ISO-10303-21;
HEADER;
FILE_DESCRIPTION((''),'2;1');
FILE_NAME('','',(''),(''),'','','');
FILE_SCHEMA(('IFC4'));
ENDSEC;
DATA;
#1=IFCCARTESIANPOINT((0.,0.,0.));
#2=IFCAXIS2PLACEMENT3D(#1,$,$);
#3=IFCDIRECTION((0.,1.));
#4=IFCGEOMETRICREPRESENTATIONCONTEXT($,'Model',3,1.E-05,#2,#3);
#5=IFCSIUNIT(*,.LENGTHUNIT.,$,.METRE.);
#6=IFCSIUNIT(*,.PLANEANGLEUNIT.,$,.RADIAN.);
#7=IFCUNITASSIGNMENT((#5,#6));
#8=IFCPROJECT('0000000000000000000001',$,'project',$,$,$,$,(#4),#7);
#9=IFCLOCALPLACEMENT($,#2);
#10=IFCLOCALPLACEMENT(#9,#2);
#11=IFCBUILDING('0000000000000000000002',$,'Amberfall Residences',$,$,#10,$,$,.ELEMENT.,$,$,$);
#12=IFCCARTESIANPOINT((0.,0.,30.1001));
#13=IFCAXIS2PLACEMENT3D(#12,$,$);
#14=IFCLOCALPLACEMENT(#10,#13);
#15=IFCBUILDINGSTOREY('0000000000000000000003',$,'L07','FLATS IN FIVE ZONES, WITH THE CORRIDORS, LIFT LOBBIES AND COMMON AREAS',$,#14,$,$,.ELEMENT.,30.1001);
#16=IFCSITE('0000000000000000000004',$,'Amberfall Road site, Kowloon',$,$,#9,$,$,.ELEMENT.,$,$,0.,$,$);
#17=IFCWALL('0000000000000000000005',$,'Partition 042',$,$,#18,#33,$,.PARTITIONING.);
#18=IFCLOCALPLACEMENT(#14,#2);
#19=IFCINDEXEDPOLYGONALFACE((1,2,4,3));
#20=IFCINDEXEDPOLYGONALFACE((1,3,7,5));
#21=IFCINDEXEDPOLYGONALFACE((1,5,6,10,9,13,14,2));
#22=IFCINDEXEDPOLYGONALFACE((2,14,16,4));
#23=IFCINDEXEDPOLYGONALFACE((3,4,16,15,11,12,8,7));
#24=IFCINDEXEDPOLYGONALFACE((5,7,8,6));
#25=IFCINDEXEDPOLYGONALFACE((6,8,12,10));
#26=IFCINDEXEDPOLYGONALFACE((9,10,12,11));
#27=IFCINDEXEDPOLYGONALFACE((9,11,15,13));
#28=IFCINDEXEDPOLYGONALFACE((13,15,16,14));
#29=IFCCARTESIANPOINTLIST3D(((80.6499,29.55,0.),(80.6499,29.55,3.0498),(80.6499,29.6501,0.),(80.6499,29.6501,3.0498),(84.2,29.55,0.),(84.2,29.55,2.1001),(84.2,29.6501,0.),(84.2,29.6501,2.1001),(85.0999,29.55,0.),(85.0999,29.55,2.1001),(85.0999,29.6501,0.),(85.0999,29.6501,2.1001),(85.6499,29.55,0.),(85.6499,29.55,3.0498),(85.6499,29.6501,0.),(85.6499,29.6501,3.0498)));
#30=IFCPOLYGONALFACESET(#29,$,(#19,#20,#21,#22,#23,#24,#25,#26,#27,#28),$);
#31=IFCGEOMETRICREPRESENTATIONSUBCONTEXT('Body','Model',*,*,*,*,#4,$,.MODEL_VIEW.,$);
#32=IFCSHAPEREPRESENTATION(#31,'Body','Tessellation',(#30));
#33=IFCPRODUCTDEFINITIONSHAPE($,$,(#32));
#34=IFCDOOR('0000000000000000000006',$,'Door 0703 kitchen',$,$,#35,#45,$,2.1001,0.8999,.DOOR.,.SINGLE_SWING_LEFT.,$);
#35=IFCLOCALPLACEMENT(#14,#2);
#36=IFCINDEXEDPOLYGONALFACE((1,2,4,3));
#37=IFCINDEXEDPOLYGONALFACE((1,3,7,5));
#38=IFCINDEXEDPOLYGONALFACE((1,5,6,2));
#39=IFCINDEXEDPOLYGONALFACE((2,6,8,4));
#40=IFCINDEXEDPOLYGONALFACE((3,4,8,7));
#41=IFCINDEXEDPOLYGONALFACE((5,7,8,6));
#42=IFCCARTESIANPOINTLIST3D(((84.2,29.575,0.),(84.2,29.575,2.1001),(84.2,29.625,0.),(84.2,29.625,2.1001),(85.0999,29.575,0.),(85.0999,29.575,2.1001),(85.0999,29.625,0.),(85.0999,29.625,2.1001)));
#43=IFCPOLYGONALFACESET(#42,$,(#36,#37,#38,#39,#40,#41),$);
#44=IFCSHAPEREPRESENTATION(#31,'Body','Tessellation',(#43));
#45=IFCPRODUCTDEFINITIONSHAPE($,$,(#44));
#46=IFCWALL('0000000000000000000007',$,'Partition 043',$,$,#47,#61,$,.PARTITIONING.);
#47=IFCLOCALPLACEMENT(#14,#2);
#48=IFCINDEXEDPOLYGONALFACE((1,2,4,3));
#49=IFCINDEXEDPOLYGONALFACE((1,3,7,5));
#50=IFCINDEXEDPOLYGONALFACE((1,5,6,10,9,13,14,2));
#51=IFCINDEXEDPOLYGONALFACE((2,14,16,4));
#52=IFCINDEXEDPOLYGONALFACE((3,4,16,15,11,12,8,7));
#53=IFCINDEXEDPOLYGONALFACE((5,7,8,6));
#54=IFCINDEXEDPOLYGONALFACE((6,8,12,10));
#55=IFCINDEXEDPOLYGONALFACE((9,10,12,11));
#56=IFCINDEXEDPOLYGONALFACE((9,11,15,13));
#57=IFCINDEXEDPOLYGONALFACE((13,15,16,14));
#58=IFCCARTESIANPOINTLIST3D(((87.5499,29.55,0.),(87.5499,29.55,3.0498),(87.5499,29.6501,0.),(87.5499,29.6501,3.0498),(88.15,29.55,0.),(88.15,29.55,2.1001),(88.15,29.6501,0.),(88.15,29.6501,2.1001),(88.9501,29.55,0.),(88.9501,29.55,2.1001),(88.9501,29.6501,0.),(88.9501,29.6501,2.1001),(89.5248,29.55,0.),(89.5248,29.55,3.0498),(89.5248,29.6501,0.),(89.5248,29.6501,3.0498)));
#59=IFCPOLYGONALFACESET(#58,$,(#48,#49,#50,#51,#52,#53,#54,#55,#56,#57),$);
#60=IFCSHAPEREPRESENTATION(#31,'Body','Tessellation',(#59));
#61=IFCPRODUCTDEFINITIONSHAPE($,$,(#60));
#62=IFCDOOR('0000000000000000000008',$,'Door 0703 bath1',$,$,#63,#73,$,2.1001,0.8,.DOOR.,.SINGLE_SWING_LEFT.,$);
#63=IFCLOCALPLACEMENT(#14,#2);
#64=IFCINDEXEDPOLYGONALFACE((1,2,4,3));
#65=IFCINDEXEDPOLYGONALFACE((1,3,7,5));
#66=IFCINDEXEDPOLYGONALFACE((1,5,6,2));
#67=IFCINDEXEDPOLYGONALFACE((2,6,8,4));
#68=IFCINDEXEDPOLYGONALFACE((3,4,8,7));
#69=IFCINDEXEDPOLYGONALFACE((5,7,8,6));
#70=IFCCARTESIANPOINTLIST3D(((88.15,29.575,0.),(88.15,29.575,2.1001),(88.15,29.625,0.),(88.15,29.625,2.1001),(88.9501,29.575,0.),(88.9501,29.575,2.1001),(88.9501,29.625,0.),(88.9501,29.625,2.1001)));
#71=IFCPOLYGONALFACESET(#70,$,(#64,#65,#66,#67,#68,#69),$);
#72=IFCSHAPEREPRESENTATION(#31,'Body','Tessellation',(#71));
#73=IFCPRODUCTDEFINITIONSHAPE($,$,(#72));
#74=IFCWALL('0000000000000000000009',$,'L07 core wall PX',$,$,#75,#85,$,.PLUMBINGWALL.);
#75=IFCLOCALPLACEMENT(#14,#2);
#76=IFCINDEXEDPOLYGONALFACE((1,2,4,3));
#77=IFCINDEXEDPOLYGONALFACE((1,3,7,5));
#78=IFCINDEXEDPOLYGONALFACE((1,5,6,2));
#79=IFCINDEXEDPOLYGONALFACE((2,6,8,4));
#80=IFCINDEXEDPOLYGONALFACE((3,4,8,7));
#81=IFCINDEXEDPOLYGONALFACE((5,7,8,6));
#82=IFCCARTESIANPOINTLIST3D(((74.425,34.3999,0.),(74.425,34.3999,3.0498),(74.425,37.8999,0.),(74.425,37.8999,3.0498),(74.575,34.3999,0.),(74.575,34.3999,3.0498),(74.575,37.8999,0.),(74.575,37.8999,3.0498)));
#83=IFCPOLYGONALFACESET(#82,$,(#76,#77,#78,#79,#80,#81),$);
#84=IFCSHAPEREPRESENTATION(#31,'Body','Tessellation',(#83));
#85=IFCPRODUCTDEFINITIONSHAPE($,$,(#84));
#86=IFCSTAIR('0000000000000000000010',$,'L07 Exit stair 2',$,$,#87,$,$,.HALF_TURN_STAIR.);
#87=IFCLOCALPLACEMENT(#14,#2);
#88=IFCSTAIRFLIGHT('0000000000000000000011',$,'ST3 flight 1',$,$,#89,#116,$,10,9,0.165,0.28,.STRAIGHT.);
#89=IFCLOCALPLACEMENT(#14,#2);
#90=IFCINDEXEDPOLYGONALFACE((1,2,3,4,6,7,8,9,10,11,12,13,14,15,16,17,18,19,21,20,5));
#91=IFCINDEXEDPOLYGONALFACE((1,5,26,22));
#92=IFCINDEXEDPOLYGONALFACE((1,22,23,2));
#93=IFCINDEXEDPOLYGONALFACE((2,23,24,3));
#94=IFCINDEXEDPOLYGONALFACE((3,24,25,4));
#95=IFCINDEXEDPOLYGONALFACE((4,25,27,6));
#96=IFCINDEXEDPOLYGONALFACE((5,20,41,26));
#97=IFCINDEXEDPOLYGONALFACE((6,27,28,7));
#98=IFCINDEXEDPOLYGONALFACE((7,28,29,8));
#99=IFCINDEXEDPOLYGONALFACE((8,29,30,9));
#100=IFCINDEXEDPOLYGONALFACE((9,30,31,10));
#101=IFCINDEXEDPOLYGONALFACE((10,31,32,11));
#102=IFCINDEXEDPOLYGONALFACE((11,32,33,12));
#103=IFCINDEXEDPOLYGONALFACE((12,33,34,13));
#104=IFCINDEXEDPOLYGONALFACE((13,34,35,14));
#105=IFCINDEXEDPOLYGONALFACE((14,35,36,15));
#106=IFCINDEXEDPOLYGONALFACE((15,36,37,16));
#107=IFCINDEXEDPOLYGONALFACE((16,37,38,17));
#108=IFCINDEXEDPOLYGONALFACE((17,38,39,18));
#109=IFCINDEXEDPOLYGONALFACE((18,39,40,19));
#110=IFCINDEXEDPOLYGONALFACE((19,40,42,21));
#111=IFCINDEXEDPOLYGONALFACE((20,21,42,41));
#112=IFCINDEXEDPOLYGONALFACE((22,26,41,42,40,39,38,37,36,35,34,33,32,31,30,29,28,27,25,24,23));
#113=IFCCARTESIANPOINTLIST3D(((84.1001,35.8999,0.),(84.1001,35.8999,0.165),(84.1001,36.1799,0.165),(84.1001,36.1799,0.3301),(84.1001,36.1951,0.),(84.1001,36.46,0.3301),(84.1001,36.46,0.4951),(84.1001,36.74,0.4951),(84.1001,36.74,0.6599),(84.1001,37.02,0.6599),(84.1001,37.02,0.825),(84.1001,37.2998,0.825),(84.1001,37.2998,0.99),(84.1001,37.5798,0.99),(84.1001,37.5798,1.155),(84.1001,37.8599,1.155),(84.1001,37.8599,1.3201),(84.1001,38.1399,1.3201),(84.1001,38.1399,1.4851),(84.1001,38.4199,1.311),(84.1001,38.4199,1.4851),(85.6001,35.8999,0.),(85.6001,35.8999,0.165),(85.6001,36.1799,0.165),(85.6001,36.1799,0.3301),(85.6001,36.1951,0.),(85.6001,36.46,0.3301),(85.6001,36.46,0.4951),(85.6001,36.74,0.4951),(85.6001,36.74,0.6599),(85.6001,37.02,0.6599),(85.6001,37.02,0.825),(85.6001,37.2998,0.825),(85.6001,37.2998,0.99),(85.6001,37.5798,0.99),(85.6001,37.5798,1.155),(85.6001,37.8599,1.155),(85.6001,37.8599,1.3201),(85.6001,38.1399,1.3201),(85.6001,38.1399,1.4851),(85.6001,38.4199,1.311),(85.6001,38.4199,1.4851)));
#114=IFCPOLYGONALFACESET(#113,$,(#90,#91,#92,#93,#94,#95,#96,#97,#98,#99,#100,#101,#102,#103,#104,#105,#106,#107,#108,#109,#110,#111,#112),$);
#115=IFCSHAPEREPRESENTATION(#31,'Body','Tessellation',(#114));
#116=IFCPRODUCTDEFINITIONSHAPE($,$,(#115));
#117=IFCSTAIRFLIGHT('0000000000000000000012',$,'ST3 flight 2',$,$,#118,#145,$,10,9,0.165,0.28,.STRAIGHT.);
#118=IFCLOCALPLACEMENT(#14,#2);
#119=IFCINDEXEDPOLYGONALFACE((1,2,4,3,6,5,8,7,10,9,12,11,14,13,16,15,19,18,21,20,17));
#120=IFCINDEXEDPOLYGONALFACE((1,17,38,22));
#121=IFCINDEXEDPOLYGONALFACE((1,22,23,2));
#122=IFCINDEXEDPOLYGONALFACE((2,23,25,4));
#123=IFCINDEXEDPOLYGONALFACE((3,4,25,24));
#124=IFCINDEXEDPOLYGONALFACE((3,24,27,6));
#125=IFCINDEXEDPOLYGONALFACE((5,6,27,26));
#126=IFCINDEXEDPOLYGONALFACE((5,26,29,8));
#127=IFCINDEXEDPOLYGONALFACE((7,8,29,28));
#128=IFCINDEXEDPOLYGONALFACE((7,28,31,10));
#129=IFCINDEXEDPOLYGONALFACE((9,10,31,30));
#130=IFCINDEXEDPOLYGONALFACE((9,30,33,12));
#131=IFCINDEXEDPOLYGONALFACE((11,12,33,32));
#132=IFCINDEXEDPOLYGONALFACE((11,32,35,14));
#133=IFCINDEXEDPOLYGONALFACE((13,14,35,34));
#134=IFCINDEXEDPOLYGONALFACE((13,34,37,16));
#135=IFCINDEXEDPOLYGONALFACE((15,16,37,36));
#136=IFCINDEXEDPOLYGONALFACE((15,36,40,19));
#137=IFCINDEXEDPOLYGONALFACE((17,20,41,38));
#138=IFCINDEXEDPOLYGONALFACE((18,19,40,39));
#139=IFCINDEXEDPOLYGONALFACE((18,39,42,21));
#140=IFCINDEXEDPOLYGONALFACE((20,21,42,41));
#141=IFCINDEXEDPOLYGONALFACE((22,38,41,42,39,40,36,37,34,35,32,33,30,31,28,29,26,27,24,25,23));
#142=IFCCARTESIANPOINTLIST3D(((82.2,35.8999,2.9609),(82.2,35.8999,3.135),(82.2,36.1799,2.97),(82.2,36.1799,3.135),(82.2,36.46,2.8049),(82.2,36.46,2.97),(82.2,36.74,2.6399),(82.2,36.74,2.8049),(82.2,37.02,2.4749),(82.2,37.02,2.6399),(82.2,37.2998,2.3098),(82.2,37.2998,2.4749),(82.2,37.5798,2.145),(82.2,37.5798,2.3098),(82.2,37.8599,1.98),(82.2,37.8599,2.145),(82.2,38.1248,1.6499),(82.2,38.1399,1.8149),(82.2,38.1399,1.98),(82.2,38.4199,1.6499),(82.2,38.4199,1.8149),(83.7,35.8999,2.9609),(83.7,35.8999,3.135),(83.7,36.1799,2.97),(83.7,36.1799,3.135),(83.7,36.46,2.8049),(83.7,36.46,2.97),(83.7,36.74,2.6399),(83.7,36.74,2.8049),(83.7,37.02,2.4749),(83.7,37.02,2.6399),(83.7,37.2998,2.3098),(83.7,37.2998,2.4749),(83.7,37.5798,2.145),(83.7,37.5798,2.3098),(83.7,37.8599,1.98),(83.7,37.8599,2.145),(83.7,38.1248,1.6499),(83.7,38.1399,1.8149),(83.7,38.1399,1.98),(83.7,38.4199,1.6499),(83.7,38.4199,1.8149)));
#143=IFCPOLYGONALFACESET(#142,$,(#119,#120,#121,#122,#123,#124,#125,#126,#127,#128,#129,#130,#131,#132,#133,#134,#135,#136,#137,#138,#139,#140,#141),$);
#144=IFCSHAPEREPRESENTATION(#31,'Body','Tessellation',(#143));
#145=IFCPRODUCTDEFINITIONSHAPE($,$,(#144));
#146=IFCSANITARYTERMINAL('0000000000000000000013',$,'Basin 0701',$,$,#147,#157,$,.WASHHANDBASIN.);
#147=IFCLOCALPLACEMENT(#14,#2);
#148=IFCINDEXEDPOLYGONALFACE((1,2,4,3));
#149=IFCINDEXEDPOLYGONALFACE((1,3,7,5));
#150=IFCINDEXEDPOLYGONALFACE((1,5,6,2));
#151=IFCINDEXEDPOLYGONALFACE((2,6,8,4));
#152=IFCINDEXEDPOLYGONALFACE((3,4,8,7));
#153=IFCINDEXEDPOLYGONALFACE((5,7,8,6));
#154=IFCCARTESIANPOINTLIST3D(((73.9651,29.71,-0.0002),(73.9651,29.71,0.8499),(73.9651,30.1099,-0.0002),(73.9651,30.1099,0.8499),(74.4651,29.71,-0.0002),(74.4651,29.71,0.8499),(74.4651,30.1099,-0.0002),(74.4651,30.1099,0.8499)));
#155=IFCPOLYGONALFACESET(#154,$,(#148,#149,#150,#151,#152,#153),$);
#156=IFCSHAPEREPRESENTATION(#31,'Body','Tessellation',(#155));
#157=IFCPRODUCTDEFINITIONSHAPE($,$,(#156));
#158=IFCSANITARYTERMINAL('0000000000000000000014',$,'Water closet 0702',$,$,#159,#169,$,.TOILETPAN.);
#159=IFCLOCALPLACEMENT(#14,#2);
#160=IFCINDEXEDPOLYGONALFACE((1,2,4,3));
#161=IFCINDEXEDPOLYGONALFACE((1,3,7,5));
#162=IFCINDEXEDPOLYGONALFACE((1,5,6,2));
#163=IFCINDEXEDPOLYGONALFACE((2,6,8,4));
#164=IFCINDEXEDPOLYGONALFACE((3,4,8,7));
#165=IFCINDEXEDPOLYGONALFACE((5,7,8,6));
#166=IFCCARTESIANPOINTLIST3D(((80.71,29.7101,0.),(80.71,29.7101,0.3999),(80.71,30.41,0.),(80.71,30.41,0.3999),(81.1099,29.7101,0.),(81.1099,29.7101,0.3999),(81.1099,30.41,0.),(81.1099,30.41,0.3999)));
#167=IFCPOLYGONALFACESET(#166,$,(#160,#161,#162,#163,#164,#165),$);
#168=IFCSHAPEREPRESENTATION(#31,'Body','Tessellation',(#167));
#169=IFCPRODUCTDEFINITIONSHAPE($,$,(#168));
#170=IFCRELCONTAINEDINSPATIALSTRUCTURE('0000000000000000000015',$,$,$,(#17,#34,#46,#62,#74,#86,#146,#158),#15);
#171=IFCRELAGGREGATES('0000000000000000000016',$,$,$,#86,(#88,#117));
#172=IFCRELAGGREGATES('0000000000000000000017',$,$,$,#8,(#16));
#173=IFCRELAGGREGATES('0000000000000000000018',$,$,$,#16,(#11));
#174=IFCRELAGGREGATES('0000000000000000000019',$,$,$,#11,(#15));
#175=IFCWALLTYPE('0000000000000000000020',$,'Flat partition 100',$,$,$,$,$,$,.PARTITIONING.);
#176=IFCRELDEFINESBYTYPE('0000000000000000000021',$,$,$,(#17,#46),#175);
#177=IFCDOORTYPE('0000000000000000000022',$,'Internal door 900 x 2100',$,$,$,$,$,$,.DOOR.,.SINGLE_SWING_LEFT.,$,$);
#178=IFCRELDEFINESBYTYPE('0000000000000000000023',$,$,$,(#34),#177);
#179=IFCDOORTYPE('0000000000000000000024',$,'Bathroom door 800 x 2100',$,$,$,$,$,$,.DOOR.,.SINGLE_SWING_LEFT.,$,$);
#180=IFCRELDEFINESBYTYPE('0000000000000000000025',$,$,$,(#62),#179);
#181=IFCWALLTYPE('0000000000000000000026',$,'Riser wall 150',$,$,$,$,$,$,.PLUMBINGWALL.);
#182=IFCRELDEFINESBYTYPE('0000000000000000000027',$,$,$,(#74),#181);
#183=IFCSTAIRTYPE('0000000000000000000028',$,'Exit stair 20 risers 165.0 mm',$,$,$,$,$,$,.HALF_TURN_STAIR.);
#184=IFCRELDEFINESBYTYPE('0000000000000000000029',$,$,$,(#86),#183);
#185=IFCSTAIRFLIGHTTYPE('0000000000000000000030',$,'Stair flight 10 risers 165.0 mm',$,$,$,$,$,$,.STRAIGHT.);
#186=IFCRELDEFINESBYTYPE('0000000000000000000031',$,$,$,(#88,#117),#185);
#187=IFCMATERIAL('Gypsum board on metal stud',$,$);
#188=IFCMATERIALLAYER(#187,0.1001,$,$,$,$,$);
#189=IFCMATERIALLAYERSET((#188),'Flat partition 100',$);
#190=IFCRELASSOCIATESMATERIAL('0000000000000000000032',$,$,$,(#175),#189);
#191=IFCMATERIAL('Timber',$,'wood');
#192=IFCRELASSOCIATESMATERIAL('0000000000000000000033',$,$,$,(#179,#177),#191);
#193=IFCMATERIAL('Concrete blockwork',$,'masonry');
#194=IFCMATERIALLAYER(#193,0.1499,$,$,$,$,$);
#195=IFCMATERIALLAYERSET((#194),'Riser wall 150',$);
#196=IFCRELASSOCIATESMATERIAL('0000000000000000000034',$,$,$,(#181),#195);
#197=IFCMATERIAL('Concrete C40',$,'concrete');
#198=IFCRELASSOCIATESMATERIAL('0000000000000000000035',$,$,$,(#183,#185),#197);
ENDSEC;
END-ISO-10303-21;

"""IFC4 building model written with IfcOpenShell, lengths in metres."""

from ifc_helpers import new_model, si_unit, direction, frame, frame_2d, origin, origin_2d, place, context, subcontext, project, spatial, polyline, rectangle, outline, extrude, material, layer, layer_set, type_object, element, fill, aggregate, save


model = new_model("IFC4")

# Units and contexts
model_context = context("Model", 3, precision=1e-05, world=origin(), true_north=direction((0.0, 1.0)))
body_context = subcontext(model_context, "Body", "Model", "MODEL_VIEW")
ifc_project = project(units=[si_unit("LENGTHUNIT", "METRE"), si_unit("PLANEANGLEUNIT", "RADIAN")], contexts=[model_context])

# Site, building, storey
site_placement = place(None, origin())
site = spatial("IfcSite", under=ifc_project, at=site_placement, Name="Amberfall Road site, Kowloon", CompositionType="ELEMENT", RefElevation=0.0)
building_placement = place(site_placement, origin())
building = spatial("IfcBuilding", under=site, at=building_placement, Name="Amberfall Residences", CompositionType="ELEMENT")
storey_placement = place(building_placement, frame((0.0, 0.0, 30.1001)))
storey = spatial("IfcBuildingStorey", under=building, at=storey_placement, Name="L07", Description="FLATS IN FIVE ZONES, WITH THE CORRIDORS, LIFT LOBBIES AND COMMON AREAS", CompositionType="ELEMENT", Elevation=30.1001)

# Shared definitions
ifc_material_1 = material(Name="Gypsum board on metal stud")
ifc_layer_1 = layer(ifc_material_1, 0.1001)
ifc_layer_set_1 = layer_set([ifc_layer_1], Name="Flat partition 100")
wall_type_1 = type_object("IfcWallType", Name="Flat partition 100", PredefinedType="PARTITIONING", material=ifc_layer_set_1)
ifc_material_2 = material(Name="Timber", Category="wood")
door_type_1 = type_object("IfcDoorType", Name="Bathroom door 800 x 2100", OperationType="SINGLE_SWING_LEFT", PredefinedType="DOOR", material=ifc_material_2)
door_type_2 = type_object("IfcDoorType", Name="Internal door 900 x 2100", OperationType="SINGLE_SWING_LEFT", PredefinedType="DOOR", material=ifc_material_2)

# Walls, openings, doors
wall_1_placement = place(storey_placement, frame((80.6499, 29.6001, 0.0), z_axis=(0.0, 0.0, 1.0), x_axis=(1.0, 0.0, 0.0)))
wall_1 = element("IfcWall", 1, at=wall_1_placement, inside=storey, type_object=wall_type_1, Name="Partition 042", PredefinedType="PARTITIONING", context=body_context, shape_type="SweptSolid", body=[
    extrude(rectangle(XDim=5.0, YDim=0.1001, at=frame_2d((2.5, 0.0))), origin(), (0.0, 0.0, 1.0), 3.0498),
])
opening_1_placement = place(wall_1_placement, frame((3.55, 0.0, 0.0)))
opening_1 = element("IfcOpeningElement", 2, at=opening_1_placement, cuts=wall_1, PredefinedType="OPENING", context=body_context, shape_type="SweptSolid", body=[
    extrude(rectangle(XDim=0.8999, YDim=2.1001, at=frame_2d((0.45, 1.05))), frame((0.0, 0.0601, 0.0), z_axis=(0.0, -1.0, 0.0), x_axis=(1.0, 0.0, 0.0)), (0.0, 0.0, 1.0), 0.1201),
])
door_1_placement = place(opening_1_placement, origin())
door_1 = element("IfcDoor", 3, at=door_1_placement, inside=storey, type_object=door_type_2, Name="Door 0703 kitchen", OperationType="SINGLE_SWING_LEFT", OverallHeight=2.1001, OverallWidth=0.8999, PredefinedType="DOOR", context=body_context, shape_type="SweptSolid", body=[
    extrude(rectangle(XDim=0.8999, YDim=2.1001, at=frame_2d((0.45, 1.05))), frame((0.0, 0.0249, 0.0), z_axis=(0.0, -1.0, 0.0), x_axis=(1.0, 0.0, 0.0)), (0.0, 0.0, 1.0), 0.05),
])
fill(opening_1, door_1)
wall_2_placement = place(storey_placement, frame((87.55, 29.6001, 0.0), z_axis=(0.0, 0.0, 1.0), x_axis=(1.0, 0.0, 0.0)))
wall_2 = element("IfcWall", 4, at=wall_2_placement, inside=storey, type_object=wall_type_1, Name="Partition 043", PredefinedType="PARTITIONING", context=body_context, shape_type="SweptSolid", body=[
    extrude(rectangle(XDim=1.9749, YDim=0.1001, at=frame_2d((0.9873, 0.0))), origin(), (0.0, 0.0, 1.0), 3.0498),
])
opening_2_placement = place(wall_2_placement, frame((0.6001, 0.0, 0.0)))
opening_2 = element("IfcOpeningElement", 5, at=opening_2_placement, cuts=wall_2, PredefinedType="OPENING", context=body_context, shape_type="SweptSolid", body=[
    extrude(rectangle(XDim=0.8, YDim=2.1001, at=frame_2d((0.3999, 1.05))), frame((0.0, 0.0601, 0.0), z_axis=(0.0, -1.0, 0.0), x_axis=(1.0, 0.0, 0.0)), (0.0, 0.0, 1.0), 0.1201),
])
door_2_placement = place(opening_2_placement, origin())
door_2 = element("IfcDoor", 6, at=door_2_placement, inside=storey, type_object=door_type_1, Name="Door 0703 bath1", OperationType="SINGLE_SWING_LEFT", OverallHeight=2.1001, OverallWidth=0.8, PredefinedType="DOOR", context=body_context, shape_type="SweptSolid", body=[
    extrude(rectangle(XDim=0.8, YDim=2.1001, at=frame_2d((0.3999, 1.05))), frame((0.0, 0.0249, 0.0), z_axis=(0.0, -1.0, 0.0), x_axis=(1.0, 0.0, 0.0)), (0.0, 0.0, 1.0), 0.05),
])
fill(opening_2, door_2)

# Wall
ifc_material_3 = material(Name="Concrete blockwork", Category="masonry")
ifc_layer_2 = layer(ifc_material_3, 0.1499)
ifc_layer_set_2 = layer_set([ifc_layer_2], Name="Riser wall 150")
wall_type_2 = type_object("IfcWallType", Name="Riser wall 150", PredefinedType="PLUMBINGWALL", material=ifc_layer_set_2)
wall_3_placement = place(storey_placement, frame((74.5, 34.3999, 0.0), z_axis=(0.0, 0.0, 1.0), x_axis=(0.0, 1.0, 0.0)))
element("IfcWall", 7, at=wall_3_placement, inside=storey, type_object=wall_type_2, Name="L07 core wall PX", PredefinedType="PLUMBINGWALL", context=body_context, shape_type="SweptSolid", body=[
    extrude(rectangle(XDim=3.5, YDim=0.1499, at=frame_2d((1.75, 0.0))), origin(), (0.0, 0.0, 1.0), 3.0498),
])

# Stair, stair flights
ifc_material_4 = material(Name="Concrete C40", Category="concrete")
stair_type = type_object("IfcStairType", Name="Exit stair 20 risers 165.0 mm", PredefinedType="HALF_TURN_STAIR", material=ifc_material_4)
stair_placement = place(storey_placement, origin())
stair = element("IfcStair", 8, at=stair_placement, inside=storey, type_object=stair_type, Name="L07 Exit stair 2", PredefinedType="HALF_TURN_STAIR")
stair_flight_type = type_object("IfcStairFlightType", Name="Stair flight 10 risers 165.0 mm", PredefinedType="STRAIGHT", material=ifc_material_4)
stair_flight_1_placement = place(storey_placement, frame((84.8501, 35.8999, 0.0), z_axis=(0.0, 0.0, 1.0), x_axis=(0.0, 1.0, 0.0)))
stair_flight_1 = element("IfcStairFlight", 9, at=stair_flight_1_placement, type_object=stair_flight_type, Name="ST3 flight 1", NumberOfRisers=10, NumberOfTreads=9, PredefinedType="STRAIGHT", RiserHeight=0.165, TreadLength=0.28, context=body_context, shape_type="SweptSolid", body=[
    extrude(outline(polyline([(0.0, 0.0), (0.0, 0.165), (0.28, 0.165), (0.28, 0.3301), (0.5601, 0.3301), (0.5601, 0.4951), (0.8401, 0.4951), (0.8401, 0.6599), (1.1201, 0.6599), (1.1201, 0.825), (1.3999, 0.825), (1.3999, 0.99), (1.6799, 0.99), (1.6799, 1.155), (1.96, 1.155), (1.96, 1.3201), (2.24, 1.3201), (2.24, 1.4851), (2.52, 1.4851), (2.52, 1.6499), (2.52, 1.311), (0.2952, 0.0), (0.0, 0.0)])), frame((0.0, 0.75, 0.0), z_axis=(0.0, -1.0, 0.0), x_axis=(1.0, 0.0, 0.0)), (0.0, 0.0, 1.0), 1.5),
])
stair_flight_2_placement = place(storey_placement, frame((82.95, 38.4199, 1.6499), z_axis=(0.0, 0.0, 1.0), x_axis=(0.0, -1.0, 0.0)))
stair_flight_2 = element("IfcStairFlight", 10, at=stair_flight_2_placement, type_object=stair_flight_type, Name="ST3 flight 2", NumberOfRisers=10, NumberOfTreads=9, PredefinedType="STRAIGHT", RiserHeight=0.165, TreadLength=0.28, context=body_context, shape_type="SweptSolid", body=[
    extrude(outline(polyline([(0.0, 0.0), (0.0, 0.165), (0.28, 0.165), (0.28, 0.3301), (0.5601, 0.3301), (0.5601, 0.4951), (0.8401, 0.4951), (0.8401, 0.6599), (1.1201, 0.6599), (1.1201, 0.825), (1.3999, 0.825), (1.3999, 0.99), (1.6799, 0.99), (1.6799, 1.155), (1.96, 1.155), (1.96, 1.3201), (2.24, 1.3201), (2.24, 1.4851), (2.52, 1.4851), (2.52, 1.6499), (2.52, 1.311), (0.2952, 0.0), (0.0, 0.0)])), frame((0.0, 0.75, 0.0), z_axis=(0.0, -1.0, 0.0), x_axis=(1.0, 0.0, 0.0)), (0.0, 0.0, 1.0), 1.5),
])
aggregate(stair, [stair_flight_1, stair_flight_2])

# Sanitary terminals
sanitary_terminal_1_placement = place(storey_placement, frame((74.2151, 29.9099, -0.0002), z_axis=(0.0, 0.0, 1.0), x_axis=(1.0, 0.0, 0.0)))
element("IfcSanitaryTerminal", 11, at=sanitary_terminal_1_placement, inside=storey, Name="Basin 0701", PredefinedType="WASHHANDBASIN", context=body_context, shape_type="SweptSolid", body=[
    extrude(rectangle(XDim=0.5, YDim=0.3999, at=origin_2d()), origin(), (0.0, 0.0, 1.0), 0.8501),
])
sanitary_terminal_2_placement = place(storey_placement, frame((80.9099, 30.0601, 0.0), z_axis=(0.0, 0.0, 1.0), x_axis=(1.0, 0.0, 0.0)))
element("IfcSanitaryTerminal", 12, at=sanitary_terminal_2_placement, inside=storey, Name="Water closet 0702", PredefinedType="TOILETPAN", context=body_context, shape_type="SweptSolid", body=[
    extrude(rectangle(XDim=0.3999, YDim=0.7, at=origin_2d()), origin(), (0.0, 0.0, 1.0), 0.3999),
])

save(model, "model.ifc")
